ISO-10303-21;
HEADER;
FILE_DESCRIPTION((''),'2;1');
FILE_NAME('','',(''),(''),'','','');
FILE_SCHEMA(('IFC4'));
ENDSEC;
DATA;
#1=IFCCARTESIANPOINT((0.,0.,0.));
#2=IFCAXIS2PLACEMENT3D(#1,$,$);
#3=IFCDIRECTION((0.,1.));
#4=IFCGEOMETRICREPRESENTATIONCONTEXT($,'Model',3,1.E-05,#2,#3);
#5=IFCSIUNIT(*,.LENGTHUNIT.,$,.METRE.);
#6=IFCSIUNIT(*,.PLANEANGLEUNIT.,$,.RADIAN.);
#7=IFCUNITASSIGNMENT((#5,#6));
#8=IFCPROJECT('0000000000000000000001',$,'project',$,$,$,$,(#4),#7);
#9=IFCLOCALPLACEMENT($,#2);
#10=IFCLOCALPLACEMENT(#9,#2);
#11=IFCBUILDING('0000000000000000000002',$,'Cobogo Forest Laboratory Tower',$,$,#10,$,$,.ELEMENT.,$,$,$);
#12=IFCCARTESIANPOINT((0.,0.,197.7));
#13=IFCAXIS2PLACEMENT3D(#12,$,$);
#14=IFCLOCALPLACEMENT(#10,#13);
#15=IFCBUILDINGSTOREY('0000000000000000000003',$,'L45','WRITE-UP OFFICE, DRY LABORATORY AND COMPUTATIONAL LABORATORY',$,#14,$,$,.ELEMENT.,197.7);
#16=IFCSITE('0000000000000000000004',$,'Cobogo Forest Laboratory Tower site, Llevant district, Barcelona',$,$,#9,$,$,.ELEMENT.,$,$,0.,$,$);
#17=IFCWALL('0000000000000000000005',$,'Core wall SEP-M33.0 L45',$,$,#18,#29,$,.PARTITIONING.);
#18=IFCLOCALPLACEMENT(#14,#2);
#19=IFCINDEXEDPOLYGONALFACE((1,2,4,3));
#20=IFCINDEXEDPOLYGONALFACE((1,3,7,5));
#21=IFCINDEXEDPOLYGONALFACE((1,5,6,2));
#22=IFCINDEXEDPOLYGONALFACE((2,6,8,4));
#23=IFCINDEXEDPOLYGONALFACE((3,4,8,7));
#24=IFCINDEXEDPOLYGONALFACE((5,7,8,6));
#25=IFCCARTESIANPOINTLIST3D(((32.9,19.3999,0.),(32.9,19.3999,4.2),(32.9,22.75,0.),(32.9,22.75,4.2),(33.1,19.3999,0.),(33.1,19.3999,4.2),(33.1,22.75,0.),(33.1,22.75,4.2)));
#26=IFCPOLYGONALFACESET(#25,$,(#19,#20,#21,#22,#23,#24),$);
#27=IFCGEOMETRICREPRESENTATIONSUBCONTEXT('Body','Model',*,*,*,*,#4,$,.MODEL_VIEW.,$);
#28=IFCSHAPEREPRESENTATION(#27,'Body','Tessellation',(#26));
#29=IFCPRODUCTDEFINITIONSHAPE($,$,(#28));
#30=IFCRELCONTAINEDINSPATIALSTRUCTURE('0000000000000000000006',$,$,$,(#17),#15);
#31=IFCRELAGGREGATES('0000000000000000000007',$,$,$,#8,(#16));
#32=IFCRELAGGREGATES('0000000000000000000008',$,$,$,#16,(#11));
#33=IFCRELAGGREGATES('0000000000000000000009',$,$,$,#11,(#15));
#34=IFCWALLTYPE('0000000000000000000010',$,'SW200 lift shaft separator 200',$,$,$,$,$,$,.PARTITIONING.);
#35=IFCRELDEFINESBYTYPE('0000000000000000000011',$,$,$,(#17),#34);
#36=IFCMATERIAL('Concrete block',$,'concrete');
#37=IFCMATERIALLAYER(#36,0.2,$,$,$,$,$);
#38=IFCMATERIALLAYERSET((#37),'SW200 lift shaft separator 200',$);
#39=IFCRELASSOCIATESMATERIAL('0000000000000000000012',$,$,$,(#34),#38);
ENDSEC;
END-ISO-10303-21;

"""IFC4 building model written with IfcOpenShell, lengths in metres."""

from ifc_helpers import new_model, si_unit, direction, frame, frame_2d, origin, place, context, subcontext, project, spatial, rectangle, extrude, material, layer, layer_set, type_object, element, save


model = new_model("IFC4")

# Units and contexts
model_context = context("Model", 3, precision=1e-05, world=origin(), true_north=direction((0.0, 1.0)))
body_context = subcontext(model_context, "Body", "Model", "MODEL_VIEW")
ifc_project = project(units=[si_unit("LENGTHUNIT", "METRE"), si_unit("PLANEANGLEUNIT", "RADIAN")], contexts=[model_context])

# Site, building, storey
site_placement = place(None, origin())
site = spatial("IfcSite", under=ifc_project, at=site_placement, Name="Cobogo Forest Laboratory Tower site, Llevant district, Barcelona", CompositionType="ELEMENT", RefElevation=0.0)
building_placement = place(site_placement, origin())
building = spatial("IfcBuilding", under=site, at=building_placement, Name="Cobogo Forest Laboratory Tower", CompositionType="ELEMENT")
storey_placement = place(building_placement, frame((0.0, 0.0, 197.7)))
storey = spatial("IfcBuildingStorey", under=building, at=storey_placement, Name="L45", Description="WRITE-UP OFFICE, DRY LABORATORY AND COMPUTATIONAL LABORATORY", CompositionType="ELEMENT", Elevation=197.7)

# Wall
ifc_material_1 = material(Name="Concrete block", Category="concrete")
ifc_layer_1 = layer(ifc_material_1, 0.2)
ifc_layer_set_1 = layer_set([ifc_layer_1], Name="SW200 lift shaft separator 200")
wall_type_1 = type_object("IfcWallType", Name="SW200 lift shaft separator 200", PredefinedType="PARTITIONING", material=ifc_layer_set_1)
wall_1_placement = place(storey_placement, frame((33.0, 19.3999, 0.0), z_axis=(0.0, 0.0, 1.0), x_axis=(0.0, 1.0, 0.0)))
element("IfcWall", 1, at=wall_1_placement, inside=storey, type_object=wall_type_1, Name="Core wall SEP-M33.0 L45", PredefinedType="PARTITIONING", context=body_context, shape_type="SweptSolid", body=[
    extrude(rectangle(XDim=3.3501, YDim=0.2, at=frame_2d((1.675, 0.0))), origin(), (0.0, 0.0, 1.0), 4.2),
])

save(model, "model.ifc")
